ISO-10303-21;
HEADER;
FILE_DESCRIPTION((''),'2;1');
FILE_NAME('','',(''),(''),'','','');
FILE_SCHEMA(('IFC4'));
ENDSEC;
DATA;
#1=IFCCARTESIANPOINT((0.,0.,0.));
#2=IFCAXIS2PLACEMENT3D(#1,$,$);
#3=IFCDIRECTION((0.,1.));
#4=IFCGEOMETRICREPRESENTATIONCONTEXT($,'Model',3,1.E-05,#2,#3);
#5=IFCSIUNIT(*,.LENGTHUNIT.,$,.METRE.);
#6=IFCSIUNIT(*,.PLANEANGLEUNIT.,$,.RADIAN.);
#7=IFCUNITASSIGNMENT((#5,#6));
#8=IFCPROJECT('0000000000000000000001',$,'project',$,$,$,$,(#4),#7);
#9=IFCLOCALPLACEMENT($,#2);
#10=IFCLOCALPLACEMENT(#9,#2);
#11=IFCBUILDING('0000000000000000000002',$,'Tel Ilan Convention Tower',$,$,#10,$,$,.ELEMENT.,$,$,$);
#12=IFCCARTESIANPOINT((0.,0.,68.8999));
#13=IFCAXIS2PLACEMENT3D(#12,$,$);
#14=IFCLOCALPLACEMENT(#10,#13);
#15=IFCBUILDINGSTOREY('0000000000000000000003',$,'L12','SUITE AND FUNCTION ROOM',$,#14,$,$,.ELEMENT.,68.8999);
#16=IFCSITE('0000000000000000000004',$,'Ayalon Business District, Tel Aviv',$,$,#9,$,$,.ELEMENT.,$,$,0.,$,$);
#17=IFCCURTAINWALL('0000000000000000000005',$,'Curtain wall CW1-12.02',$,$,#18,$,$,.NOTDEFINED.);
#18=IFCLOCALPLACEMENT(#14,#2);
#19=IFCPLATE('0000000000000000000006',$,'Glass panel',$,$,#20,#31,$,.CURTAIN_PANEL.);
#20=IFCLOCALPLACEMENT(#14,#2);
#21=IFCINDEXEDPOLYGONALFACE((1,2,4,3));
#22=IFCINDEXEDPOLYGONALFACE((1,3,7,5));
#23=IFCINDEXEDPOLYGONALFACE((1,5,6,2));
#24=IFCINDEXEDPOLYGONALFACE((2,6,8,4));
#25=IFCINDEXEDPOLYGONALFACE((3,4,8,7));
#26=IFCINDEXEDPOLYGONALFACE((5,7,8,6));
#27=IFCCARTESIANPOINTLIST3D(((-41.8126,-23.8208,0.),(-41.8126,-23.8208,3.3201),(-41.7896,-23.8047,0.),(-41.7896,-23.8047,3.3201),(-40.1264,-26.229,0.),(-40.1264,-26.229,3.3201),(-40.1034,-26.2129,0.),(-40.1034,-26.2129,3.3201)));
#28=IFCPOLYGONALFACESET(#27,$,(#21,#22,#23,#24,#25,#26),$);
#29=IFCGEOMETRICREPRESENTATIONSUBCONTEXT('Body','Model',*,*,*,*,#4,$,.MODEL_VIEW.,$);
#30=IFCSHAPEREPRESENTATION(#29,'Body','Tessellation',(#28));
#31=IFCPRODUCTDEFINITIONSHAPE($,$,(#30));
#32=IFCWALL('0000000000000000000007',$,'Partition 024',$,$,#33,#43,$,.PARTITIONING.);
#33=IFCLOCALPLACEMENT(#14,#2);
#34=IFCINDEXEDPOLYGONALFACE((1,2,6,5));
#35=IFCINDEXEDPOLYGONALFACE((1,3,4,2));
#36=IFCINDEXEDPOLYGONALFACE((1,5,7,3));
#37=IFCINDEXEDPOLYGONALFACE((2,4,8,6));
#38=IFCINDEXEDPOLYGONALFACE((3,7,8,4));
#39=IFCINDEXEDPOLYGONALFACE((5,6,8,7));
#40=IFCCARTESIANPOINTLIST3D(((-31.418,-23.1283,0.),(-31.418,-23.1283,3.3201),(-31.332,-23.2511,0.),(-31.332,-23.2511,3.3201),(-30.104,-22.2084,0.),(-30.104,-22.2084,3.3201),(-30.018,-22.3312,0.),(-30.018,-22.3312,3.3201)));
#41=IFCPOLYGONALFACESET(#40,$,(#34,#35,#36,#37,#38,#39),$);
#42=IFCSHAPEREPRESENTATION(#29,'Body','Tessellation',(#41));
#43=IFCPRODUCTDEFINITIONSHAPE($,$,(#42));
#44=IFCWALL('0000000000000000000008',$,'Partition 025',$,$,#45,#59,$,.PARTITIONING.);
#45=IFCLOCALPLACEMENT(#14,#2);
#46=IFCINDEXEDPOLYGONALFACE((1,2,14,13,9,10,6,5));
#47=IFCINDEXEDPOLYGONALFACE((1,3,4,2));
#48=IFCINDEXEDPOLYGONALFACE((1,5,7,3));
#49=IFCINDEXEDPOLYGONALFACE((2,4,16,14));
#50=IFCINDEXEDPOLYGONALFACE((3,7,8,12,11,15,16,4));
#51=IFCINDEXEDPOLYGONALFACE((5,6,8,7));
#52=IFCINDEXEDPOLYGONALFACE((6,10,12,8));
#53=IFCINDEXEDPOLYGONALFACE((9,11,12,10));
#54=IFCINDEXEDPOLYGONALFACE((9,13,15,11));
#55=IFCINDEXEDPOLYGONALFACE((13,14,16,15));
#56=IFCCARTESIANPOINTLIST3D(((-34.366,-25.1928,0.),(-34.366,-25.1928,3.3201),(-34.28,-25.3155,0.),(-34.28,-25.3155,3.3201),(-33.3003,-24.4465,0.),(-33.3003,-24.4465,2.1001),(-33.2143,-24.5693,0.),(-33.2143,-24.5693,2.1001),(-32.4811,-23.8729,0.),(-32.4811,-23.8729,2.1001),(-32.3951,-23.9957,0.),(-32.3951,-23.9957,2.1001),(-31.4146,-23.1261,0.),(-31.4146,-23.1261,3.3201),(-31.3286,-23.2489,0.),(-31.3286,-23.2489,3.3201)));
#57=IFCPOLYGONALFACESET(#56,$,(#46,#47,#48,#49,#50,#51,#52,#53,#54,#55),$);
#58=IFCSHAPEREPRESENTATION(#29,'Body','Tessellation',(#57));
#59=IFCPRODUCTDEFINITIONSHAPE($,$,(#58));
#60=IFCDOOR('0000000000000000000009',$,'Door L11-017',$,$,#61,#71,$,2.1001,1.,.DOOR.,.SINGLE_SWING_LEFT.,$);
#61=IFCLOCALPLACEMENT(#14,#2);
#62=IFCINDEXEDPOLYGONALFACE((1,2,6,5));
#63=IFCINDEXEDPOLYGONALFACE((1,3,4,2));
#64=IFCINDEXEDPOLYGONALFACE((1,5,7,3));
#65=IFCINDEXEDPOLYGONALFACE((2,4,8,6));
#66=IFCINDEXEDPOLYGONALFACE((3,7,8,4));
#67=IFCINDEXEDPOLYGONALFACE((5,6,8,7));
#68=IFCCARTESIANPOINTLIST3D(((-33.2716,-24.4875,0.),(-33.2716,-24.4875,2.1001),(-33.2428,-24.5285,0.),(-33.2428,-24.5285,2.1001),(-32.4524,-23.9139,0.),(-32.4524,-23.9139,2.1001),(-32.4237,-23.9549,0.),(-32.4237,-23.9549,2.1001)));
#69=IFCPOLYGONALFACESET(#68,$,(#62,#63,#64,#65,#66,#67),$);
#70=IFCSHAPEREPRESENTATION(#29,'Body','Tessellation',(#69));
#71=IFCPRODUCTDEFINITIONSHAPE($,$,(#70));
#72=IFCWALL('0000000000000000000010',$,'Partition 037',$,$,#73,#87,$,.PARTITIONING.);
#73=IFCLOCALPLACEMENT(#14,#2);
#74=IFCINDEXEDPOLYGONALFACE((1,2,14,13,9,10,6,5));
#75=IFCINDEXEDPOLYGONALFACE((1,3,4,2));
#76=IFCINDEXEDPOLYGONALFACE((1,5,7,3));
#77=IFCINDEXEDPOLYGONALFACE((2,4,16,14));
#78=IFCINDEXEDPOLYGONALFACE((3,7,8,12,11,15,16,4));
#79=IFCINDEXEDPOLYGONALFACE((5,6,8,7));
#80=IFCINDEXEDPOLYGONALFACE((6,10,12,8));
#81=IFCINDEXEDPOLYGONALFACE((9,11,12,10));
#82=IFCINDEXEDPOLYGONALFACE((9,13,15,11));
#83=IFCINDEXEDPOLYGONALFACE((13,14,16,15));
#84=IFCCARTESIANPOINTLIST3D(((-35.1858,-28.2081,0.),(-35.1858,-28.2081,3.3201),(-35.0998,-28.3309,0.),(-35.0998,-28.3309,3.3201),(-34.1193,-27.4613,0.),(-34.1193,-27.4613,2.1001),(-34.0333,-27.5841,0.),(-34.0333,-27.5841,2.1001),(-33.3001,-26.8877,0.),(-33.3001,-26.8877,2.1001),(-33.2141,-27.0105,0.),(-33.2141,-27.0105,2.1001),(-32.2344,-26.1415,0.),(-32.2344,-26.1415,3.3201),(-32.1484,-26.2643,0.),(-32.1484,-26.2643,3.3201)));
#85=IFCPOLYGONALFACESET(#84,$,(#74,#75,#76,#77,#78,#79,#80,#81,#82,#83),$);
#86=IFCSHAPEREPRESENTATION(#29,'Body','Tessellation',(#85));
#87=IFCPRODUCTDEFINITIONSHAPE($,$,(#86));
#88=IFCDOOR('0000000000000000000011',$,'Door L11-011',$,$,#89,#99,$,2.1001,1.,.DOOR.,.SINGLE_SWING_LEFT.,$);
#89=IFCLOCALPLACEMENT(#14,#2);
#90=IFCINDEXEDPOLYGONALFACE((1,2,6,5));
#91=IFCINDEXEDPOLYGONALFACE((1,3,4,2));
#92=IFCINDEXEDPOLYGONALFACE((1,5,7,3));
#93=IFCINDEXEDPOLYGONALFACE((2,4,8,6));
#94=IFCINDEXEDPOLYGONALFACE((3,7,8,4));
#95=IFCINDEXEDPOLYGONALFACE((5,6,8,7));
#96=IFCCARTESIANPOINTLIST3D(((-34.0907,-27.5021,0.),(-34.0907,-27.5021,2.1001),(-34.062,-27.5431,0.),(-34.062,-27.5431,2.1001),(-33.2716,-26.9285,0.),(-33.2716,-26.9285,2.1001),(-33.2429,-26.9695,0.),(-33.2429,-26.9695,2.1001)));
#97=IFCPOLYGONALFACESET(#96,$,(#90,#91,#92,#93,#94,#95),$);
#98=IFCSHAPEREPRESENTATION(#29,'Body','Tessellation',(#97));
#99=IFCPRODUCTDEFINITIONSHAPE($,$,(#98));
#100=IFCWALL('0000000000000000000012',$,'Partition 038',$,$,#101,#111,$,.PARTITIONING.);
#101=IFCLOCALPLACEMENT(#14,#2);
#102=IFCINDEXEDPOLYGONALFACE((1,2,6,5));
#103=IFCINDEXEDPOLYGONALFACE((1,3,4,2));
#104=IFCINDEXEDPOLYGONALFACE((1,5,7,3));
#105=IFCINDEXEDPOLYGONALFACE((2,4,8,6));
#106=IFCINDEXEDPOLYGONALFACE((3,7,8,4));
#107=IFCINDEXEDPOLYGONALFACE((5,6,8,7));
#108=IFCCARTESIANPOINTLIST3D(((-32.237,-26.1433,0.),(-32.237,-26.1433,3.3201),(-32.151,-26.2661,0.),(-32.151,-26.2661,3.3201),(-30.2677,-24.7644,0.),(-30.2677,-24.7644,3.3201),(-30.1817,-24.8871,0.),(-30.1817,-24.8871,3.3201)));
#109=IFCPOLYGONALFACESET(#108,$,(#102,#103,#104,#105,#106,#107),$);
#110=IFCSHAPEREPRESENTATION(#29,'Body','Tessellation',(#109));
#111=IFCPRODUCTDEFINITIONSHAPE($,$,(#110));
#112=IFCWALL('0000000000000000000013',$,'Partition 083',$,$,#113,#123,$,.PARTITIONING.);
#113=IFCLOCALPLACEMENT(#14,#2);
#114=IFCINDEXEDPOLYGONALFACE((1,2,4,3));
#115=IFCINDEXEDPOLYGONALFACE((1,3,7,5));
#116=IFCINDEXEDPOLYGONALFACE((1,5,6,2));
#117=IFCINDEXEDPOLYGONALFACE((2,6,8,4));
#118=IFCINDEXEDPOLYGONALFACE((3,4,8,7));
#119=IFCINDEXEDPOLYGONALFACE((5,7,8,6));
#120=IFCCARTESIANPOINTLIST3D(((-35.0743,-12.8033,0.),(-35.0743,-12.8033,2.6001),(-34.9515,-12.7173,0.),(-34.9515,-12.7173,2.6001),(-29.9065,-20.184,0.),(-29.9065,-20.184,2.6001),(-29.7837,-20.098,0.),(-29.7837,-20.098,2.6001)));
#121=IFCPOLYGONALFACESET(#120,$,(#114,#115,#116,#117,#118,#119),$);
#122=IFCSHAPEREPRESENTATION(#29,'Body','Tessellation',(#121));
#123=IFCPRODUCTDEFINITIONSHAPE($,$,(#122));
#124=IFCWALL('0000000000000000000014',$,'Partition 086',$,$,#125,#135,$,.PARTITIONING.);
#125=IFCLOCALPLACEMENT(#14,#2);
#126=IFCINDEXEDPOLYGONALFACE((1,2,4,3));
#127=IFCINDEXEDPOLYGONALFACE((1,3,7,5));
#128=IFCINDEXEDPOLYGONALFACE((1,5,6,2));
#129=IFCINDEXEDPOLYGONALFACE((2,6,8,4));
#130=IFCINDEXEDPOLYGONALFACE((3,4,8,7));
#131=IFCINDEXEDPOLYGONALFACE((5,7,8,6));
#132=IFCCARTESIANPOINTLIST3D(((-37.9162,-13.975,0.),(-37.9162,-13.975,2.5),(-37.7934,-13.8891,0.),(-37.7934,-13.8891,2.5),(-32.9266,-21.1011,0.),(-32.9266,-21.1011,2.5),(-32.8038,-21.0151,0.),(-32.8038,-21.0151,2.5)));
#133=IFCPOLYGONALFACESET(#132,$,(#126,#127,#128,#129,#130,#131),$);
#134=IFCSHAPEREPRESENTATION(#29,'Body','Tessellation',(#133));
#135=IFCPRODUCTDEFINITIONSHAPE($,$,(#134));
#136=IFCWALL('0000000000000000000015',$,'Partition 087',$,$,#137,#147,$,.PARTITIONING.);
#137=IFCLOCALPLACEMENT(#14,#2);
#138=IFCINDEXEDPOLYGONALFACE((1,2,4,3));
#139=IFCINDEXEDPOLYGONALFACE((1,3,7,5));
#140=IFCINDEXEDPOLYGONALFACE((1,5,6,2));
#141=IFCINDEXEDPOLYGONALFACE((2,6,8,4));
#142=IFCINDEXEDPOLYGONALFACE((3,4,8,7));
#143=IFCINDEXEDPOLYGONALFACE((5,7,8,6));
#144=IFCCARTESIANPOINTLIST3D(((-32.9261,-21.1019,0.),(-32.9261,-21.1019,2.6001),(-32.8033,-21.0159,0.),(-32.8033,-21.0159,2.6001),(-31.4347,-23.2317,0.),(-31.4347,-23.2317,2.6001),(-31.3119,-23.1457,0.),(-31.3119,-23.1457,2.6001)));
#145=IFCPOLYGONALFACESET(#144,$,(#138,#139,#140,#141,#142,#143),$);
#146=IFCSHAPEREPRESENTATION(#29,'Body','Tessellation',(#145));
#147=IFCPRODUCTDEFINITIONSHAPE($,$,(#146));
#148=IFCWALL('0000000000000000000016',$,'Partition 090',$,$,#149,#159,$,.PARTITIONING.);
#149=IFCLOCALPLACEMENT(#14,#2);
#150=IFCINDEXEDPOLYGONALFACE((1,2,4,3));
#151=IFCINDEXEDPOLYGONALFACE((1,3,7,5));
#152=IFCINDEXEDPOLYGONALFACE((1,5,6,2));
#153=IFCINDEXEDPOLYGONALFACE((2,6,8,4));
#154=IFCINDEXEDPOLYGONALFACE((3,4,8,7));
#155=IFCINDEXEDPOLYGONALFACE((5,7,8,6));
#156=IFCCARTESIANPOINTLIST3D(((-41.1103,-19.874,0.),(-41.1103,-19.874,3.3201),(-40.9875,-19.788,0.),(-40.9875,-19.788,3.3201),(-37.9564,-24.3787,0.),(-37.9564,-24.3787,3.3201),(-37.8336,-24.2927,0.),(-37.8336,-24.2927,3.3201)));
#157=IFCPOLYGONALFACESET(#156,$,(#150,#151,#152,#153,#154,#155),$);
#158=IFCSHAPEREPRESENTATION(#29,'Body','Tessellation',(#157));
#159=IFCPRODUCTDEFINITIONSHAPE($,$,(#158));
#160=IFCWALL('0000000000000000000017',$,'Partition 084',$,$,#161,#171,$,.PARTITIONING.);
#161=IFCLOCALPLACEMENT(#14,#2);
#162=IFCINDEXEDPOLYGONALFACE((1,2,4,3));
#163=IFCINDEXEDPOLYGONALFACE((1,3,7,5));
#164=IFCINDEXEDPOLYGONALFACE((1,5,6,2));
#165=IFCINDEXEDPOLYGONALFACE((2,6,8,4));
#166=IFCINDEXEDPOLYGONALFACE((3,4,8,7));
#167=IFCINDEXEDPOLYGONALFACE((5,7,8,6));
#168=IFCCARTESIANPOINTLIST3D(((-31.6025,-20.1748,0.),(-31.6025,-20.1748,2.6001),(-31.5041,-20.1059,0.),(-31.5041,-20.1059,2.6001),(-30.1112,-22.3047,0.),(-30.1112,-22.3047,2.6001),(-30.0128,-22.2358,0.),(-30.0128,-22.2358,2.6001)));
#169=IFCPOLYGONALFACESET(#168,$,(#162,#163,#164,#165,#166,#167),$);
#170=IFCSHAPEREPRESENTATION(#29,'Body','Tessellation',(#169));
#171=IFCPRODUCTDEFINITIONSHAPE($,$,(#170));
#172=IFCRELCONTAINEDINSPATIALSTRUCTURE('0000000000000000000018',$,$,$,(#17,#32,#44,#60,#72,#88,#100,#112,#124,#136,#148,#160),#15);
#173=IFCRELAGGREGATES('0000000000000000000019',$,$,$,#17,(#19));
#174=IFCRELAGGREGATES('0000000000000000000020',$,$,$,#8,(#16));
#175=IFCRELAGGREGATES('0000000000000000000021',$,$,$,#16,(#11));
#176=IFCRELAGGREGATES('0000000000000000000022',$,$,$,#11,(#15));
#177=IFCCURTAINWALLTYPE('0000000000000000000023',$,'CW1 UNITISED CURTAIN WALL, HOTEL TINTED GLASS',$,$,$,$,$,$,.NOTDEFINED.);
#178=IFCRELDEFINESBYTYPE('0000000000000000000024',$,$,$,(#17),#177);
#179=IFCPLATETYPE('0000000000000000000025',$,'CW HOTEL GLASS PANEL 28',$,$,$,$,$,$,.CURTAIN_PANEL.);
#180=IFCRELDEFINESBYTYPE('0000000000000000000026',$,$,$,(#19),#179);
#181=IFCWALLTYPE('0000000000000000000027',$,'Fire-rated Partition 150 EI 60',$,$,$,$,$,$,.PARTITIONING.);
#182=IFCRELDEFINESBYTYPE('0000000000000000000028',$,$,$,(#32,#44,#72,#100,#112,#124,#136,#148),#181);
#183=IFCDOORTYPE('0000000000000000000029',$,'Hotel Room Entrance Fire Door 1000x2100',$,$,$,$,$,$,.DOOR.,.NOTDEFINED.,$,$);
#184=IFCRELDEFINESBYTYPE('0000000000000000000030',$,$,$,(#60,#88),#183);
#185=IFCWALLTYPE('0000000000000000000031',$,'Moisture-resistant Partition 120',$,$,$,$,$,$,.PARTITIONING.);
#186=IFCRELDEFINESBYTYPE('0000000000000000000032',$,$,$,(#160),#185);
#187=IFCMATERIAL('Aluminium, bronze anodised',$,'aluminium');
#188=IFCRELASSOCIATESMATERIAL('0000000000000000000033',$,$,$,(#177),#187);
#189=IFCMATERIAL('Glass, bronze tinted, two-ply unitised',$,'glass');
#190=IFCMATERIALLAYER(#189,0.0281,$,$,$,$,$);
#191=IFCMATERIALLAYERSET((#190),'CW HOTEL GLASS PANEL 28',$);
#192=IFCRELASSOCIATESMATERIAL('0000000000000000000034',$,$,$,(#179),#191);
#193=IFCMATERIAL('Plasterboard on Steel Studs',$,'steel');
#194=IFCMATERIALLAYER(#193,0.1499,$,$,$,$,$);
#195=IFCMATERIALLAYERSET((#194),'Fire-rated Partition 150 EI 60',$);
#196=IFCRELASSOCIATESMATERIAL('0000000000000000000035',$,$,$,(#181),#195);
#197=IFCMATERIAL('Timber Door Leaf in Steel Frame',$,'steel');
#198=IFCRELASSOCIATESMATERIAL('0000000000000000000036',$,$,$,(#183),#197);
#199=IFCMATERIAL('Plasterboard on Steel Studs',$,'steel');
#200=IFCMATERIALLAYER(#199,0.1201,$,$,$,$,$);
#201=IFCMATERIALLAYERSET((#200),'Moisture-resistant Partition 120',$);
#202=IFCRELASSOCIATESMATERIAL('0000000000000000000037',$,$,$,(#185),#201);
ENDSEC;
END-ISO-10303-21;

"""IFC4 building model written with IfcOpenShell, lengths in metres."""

from ifc_helpers import new_model, si_unit, direction, frame, frame_2d, origin, origin_2d, place, context, subcontext, project, spatial, rectangle, extrude, material, layer, layer_set, type_object, element, fill, aggregate, save


model = new_model("IFC4")

# Units and contexts
model_context = context("Model", 3, precision=1e-05, world=origin(), true_north=direction((0.0, 1.0)))
body_context = subcontext(model_context, "Body", "Model", "MODEL_VIEW")
ifc_project = project(units=[si_unit("LENGTHUNIT", "METRE"), si_unit("PLANEANGLEUNIT", "RADIAN")], contexts=[model_context])

# Site, building, storey
site_placement = place(None, origin())
site = spatial("IfcSite", under=ifc_project, at=site_placement, Name="Ayalon Business District, Tel Aviv", CompositionType="ELEMENT", RefElevation=0.0)
building_placement = place(site_placement, origin())
building = spatial("IfcBuilding", under=site, at=building_placement, Name="Tel Ilan Convention Tower", CompositionType="ELEMENT")
storey_placement = place(building_placement, frame((0.0, 0.0, 68.8999)))
storey = spatial("IfcBuildingStorey", under=building, at=storey_placement, Name="L12", Description="SUITE AND FUNCTION ROOM", CompositionType="ELEMENT", Elevation=68.8999)

# Curtain wall, plate
ifc_material_1 = material(Name="Aluminium, bronze anodised", Category="aluminium")
curtain_wall_type = type_object("IfcCurtainWallType", Name="CW1 UNITISED CURTAIN WALL, HOTEL TINTED GLASS", PredefinedType="NOTDEFINED", material=ifc_material_1)
curtain_wall_placement = place(storey_placement, origin())
curtain_wall = element("IfcCurtainWall", 1, at=curtain_wall_placement, inside=storey, type_object=curtain_wall_type, Name="Curtain wall CW1-12.02", PredefinedType="NOTDEFINED")
ifc_material_2 = material(Name="Glass, bronze tinted, two-ply unitised", Category="glass")
ifc_layer_1 = layer(ifc_material_2, 0.0281)
ifc_layer_set_1 = layer_set([ifc_layer_1], Name="CW HOTEL GLASS PANEL 28")
plate_type = type_object("IfcPlateType", Name="CW HOTEL GLASS PANEL 28", PredefinedType="CURTAIN_PANEL", material=ifc_layer_set_1)
plate_1_placement = place(storey_placement, frame((-40.958, -25.0168, 0.0), z_axis=(0.0, 0.0, 1.0), x_axis=(0.573576, -0.819152, 0.0)))
plate_1 = element("IfcPlate", 2, at=plate_1_placement, type_object=plate_type, Name="Glass panel", PredefinedType="CURTAIN_PANEL", context=body_context, shape_type="SweptSolid", body=[
    extrude(rectangle(XDim=2.9399, YDim=0.0281, at=origin_2d()), origin(), (0.0, 0.0, 1.0), 3.3201),
])
aggregate(curtain_wall, [plate_1])

# Wall
ifc_material_3 = material(Name="Plasterboard on Steel Studs", Category="steel")
ifc_layer_2 = layer(ifc_material_3, 0.1499)
ifc_layer_set_2 = layer_set([ifc_layer_2], Name="Fire-rated Partition 150 EI 60")
wall_type_1 = type_object("IfcWallType", Name="Fire-rated Partition 150 EI 60", PredefinedType="PARTITIONING", material=ifc_layer_set_2)
wall_1_placement = place(storey_placement, frame((-31.375, -23.1897, 0.0), z_axis=(0.0, 0.0, 1.0), x_axis=(0.819189, 0.573524, 0.0)))
element("IfcWall", 3, at=wall_1_placement, inside=storey, type_object=wall_type_1, Name="Partition 024", PredefinedType="PARTITIONING", context=body_context, shape_type="SweptSolid", body=[
    extrude(rectangle(XDim=1.604, YDim=0.1499, at=frame_2d((0.802, 0.0))), origin(), (0.0, 0.0, 1.0), 3.3201),
])

# Walls, openings, doors
wall_2_placement = place(storey_placement, frame((-34.323, -25.2542, 0.0), z_axis=(0.0, 0.0, 1.0), x_axis=(0.819146, 0.573585, 0.0)))
wall_2 = element("IfcWall", 4, at=wall_2_placement, inside=storey, type_object=wall_type_1, Name="Partition 025", PredefinedType="PARTITIONING", context=body_context, shape_type="SweptSolid", body=[
    extrude(rectangle(XDim=3.603, YDim=0.1499, at=frame_2d((1.8015, 0.0))), origin(), (0.0, 0.0, 1.0), 3.3201),
])
opening_1_placement = place(wall_2_placement, frame((1.301, 0.0, 0.0)))
opening_1 = element("IfcOpeningElement", 5, at=opening_1_placement, cuts=wall_2, PredefinedType="OPENING", context=body_context, shape_type="SweptSolid", body=[
    extrude(rectangle(XDim=1.0, YDim=2.1001, at=frame_2d((0.5, 1.05))), frame((0.0, 0.085, 0.0), z_axis=(0.0, -1.0, 0.0), x_axis=(1.0, 0.0, 0.0)), (0.0, 0.0, 1.0), 0.1699),
])
ifc_material_4 = material(Name="Timber Door Leaf in Steel Frame", Category="steel")
door_type_1 = type_object("IfcDoorType", Name="Hotel Room Entrance Fire Door 1000x2100", OperationType="NOTDEFINED", PredefinedType="DOOR", material=ifc_material_4)
door_1_placement = place(opening_1_placement, origin())
door_1 = element("IfcDoor", 6, at=door_1_placement, inside=storey, type_object=door_type_1, Name="Door L11-017", OperationType="SINGLE_SWING_LEFT", OverallHeight=2.1001, OverallWidth=1.0, PredefinedType="DOOR", context=body_context, shape_type="SweptSolid", body=[
    extrude(rectangle(XDim=1.0, YDim=2.1001, at=frame_2d((0.5, 1.05))), frame((0.0, 0.0249, 0.0), z_axis=(0.0, -1.0, 0.0), x_axis=(1.0, 0.0, 0.0)), (0.0, 0.0, 1.0), 0.05),
])
fill(opening_1, door_1)
wall_3_placement = place(storey_placement, frame((-32.1914, -26.2029, 0.0), z_axis=(0.0, 0.0, 1.0), x_axis=(-0.819146, -0.573585, 0.0)))
wall_3 = element("IfcWall", 7, at=wall_3_placement, inside=storey, type_object=wall_type_1, Name="Partition 037", PredefinedType="PARTITIONING", context=body_context, shape_type="SweptSolid", body=[
    extrude(rectangle(XDim=3.603, YDim=0.1499, at=frame_2d((1.8015, 0.0))), origin(), (0.0, 0.0, 1.0), 3.3201),
])
opening_2_placement = place(wall_3_placement, frame((1.301, 0.0, 0.0)))
opening_2 = element("IfcOpeningElement", 8, at=opening_2_placement, cuts=wall_3, PredefinedType="OPENING", context=body_context, shape_type="SweptSolid", body=[
    extrude(rectangle(XDim=1.0, YDim=2.1001, at=frame_2d((0.5, 1.05))), frame((0.0, 0.085, 0.0), z_axis=(0.0, -1.0, 0.0), x_axis=(1.0, 0.0, 0.0)), (0.0, 0.0, 1.0), 0.1699),
])
door_2_placement = place(opening_2_placement, origin())
door_2 = element("IfcDoor", 9, at=door_2_placement, inside=storey, type_object=door_type_1, Name="Door L11-011", OperationType="SINGLE_SWING_LEFT", OverallHeight=2.1001, OverallWidth=1.0, PredefinedType="DOOR", context=body_context, shape_type="SweptSolid", body=[
    extrude(rectangle(XDim=1.0, YDim=2.1001, at=frame_2d((0.5, 1.05))), frame((0.0, 0.0249, 0.0), z_axis=(0.0, -1.0, 0.0), x_axis=(1.0, 0.0, 0.0)), (0.0, 0.0, 1.0), 0.05),
])
fill(opening_2, door_2)

# Walls
wall_4_placement = place(storey_placement, frame((-30.2246, -24.8257, 0.0), z_axis=(0.0, 0.0, 1.0), x_axis=(-0.819146, -0.573585, 0.0)))
element("IfcWall", 10, at=wall_4_placement, inside=storey, type_object=wall_type_1, Name="Partition 038", PredefinedType="PARTITIONING", context=body_context, shape_type="SweptSolid", body=[
    extrude(rectangle(XDim=2.4041, YDim=0.1499, at=frame_2d((1.2021, 0.0))), origin(), (0.0, 0.0, 1.0), 3.3201),
])
wall_5_placement = place(storey_placement, frame((-29.8452, -20.1409, 0.0), z_axis=(0.0, 0.0, 1.0), x_axis=(-0.573559, 0.819164, 0.0)))
element("IfcWall", 11, at=wall_5_placement, inside=storey, type_object=wall_type_1, Name="Partition 083", PredefinedType="PARTITIONING", context=body_context, shape_type="SweptSolid", body=[
    extrude(rectangle(XDim=9.01, YDim=0.1499, at=frame_2d((4.5049, 0.0))), origin(), (0.0, 0.0, 1.0), 2.6001),
])
wall_6_placement = place(storey_placement, frame((-32.8652, -21.0581, 0.0), z_axis=(0.0, 0.0, 1.0), x_axis=(-0.573564, 0.819161, 0.0)))
element("IfcWall", 12, at=wall_6_placement, inside=storey, type_object=wall_type_1, Name="Partition 086", PredefinedType="PARTITIONING", context=body_context, shape_type="SweptSolid", body=[
    extrude(rectangle(XDim=8.6992, YDim=0.1499, at=frame_2d((4.3496, 0.0))), origin(), (0.0, 0.0, 1.0), 2.5),
])
wall_7_placement = place(storey_placement, frame((-31.3733, -23.1887, 0.0), z_axis=(0.0, 0.0, 1.0), x_axis=(-0.573601, 0.819135, 0.0)))
element("IfcWall", 13, at=wall_7_placement, inside=storey, type_object=wall_type_1, Name="Partition 087", PredefinedType="PARTITIONING", context=body_context, shape_type="SweptSolid", body=[
    extrude(rectangle(XDim=2.6001, YDim=0.1499, at=frame_2d((1.3, 0.0))), origin(), (0.0, 0.0, 1.0), 2.6001),
])
wall_8_placement = place(storey_placement, frame((-37.895, -24.3357, 0.0), z_axis=(0.0, 0.0, 1.0), x_axis=(-0.573531, 0.819184, 0.0)))
element("IfcWall", 14, at=wall_8_placement, inside=storey, type_object=wall_type_1, Name="Partition 090", PredefinedType="PARTITIONING", context=body_context, shape_type="SweptSolid", body=[
    extrude(rectangle(XDim=5.499, YDim=0.1499, at=frame_2d((2.7495, 0.0))), origin(), (0.0, 0.0, 1.0), 3.3201),
])
ifc_material_5 = material(Name="Plasterboard on Steel Studs", Category="steel")
ifc_layer_3 = layer(ifc_material_5, 0.1201)
ifc_layer_set_3 = layer_set([ifc_layer_3], Name="Moisture-resistant Partition 120")
wall_type_2 = type_object("IfcWallType", Name="Moisture-resistant Partition 120", PredefinedType="PARTITIONING", material=ifc_layer_set_3)
wall_9_placement = place(storey_placement, frame((-30.062, -22.2703, 0.0), z_axis=(0.0, 0.0, 1.0), x_axis=(-0.573538, 0.819179, 0.0)))
element("IfcWall", 15, at=wall_9_placement, inside=storey, type_object=wall_type_2, Name="Partition 084", PredefinedType="PARTITIONING", context=body_context, shape_type="SweptSolid", body=[
    extrude(rectangle(XDim=2.6001, YDim=0.1201, at=frame_2d((1.3, 0.0))), origin(), (0.0, 0.0, 1.0), 2.6001),
])

save(model, "model.ifc")
